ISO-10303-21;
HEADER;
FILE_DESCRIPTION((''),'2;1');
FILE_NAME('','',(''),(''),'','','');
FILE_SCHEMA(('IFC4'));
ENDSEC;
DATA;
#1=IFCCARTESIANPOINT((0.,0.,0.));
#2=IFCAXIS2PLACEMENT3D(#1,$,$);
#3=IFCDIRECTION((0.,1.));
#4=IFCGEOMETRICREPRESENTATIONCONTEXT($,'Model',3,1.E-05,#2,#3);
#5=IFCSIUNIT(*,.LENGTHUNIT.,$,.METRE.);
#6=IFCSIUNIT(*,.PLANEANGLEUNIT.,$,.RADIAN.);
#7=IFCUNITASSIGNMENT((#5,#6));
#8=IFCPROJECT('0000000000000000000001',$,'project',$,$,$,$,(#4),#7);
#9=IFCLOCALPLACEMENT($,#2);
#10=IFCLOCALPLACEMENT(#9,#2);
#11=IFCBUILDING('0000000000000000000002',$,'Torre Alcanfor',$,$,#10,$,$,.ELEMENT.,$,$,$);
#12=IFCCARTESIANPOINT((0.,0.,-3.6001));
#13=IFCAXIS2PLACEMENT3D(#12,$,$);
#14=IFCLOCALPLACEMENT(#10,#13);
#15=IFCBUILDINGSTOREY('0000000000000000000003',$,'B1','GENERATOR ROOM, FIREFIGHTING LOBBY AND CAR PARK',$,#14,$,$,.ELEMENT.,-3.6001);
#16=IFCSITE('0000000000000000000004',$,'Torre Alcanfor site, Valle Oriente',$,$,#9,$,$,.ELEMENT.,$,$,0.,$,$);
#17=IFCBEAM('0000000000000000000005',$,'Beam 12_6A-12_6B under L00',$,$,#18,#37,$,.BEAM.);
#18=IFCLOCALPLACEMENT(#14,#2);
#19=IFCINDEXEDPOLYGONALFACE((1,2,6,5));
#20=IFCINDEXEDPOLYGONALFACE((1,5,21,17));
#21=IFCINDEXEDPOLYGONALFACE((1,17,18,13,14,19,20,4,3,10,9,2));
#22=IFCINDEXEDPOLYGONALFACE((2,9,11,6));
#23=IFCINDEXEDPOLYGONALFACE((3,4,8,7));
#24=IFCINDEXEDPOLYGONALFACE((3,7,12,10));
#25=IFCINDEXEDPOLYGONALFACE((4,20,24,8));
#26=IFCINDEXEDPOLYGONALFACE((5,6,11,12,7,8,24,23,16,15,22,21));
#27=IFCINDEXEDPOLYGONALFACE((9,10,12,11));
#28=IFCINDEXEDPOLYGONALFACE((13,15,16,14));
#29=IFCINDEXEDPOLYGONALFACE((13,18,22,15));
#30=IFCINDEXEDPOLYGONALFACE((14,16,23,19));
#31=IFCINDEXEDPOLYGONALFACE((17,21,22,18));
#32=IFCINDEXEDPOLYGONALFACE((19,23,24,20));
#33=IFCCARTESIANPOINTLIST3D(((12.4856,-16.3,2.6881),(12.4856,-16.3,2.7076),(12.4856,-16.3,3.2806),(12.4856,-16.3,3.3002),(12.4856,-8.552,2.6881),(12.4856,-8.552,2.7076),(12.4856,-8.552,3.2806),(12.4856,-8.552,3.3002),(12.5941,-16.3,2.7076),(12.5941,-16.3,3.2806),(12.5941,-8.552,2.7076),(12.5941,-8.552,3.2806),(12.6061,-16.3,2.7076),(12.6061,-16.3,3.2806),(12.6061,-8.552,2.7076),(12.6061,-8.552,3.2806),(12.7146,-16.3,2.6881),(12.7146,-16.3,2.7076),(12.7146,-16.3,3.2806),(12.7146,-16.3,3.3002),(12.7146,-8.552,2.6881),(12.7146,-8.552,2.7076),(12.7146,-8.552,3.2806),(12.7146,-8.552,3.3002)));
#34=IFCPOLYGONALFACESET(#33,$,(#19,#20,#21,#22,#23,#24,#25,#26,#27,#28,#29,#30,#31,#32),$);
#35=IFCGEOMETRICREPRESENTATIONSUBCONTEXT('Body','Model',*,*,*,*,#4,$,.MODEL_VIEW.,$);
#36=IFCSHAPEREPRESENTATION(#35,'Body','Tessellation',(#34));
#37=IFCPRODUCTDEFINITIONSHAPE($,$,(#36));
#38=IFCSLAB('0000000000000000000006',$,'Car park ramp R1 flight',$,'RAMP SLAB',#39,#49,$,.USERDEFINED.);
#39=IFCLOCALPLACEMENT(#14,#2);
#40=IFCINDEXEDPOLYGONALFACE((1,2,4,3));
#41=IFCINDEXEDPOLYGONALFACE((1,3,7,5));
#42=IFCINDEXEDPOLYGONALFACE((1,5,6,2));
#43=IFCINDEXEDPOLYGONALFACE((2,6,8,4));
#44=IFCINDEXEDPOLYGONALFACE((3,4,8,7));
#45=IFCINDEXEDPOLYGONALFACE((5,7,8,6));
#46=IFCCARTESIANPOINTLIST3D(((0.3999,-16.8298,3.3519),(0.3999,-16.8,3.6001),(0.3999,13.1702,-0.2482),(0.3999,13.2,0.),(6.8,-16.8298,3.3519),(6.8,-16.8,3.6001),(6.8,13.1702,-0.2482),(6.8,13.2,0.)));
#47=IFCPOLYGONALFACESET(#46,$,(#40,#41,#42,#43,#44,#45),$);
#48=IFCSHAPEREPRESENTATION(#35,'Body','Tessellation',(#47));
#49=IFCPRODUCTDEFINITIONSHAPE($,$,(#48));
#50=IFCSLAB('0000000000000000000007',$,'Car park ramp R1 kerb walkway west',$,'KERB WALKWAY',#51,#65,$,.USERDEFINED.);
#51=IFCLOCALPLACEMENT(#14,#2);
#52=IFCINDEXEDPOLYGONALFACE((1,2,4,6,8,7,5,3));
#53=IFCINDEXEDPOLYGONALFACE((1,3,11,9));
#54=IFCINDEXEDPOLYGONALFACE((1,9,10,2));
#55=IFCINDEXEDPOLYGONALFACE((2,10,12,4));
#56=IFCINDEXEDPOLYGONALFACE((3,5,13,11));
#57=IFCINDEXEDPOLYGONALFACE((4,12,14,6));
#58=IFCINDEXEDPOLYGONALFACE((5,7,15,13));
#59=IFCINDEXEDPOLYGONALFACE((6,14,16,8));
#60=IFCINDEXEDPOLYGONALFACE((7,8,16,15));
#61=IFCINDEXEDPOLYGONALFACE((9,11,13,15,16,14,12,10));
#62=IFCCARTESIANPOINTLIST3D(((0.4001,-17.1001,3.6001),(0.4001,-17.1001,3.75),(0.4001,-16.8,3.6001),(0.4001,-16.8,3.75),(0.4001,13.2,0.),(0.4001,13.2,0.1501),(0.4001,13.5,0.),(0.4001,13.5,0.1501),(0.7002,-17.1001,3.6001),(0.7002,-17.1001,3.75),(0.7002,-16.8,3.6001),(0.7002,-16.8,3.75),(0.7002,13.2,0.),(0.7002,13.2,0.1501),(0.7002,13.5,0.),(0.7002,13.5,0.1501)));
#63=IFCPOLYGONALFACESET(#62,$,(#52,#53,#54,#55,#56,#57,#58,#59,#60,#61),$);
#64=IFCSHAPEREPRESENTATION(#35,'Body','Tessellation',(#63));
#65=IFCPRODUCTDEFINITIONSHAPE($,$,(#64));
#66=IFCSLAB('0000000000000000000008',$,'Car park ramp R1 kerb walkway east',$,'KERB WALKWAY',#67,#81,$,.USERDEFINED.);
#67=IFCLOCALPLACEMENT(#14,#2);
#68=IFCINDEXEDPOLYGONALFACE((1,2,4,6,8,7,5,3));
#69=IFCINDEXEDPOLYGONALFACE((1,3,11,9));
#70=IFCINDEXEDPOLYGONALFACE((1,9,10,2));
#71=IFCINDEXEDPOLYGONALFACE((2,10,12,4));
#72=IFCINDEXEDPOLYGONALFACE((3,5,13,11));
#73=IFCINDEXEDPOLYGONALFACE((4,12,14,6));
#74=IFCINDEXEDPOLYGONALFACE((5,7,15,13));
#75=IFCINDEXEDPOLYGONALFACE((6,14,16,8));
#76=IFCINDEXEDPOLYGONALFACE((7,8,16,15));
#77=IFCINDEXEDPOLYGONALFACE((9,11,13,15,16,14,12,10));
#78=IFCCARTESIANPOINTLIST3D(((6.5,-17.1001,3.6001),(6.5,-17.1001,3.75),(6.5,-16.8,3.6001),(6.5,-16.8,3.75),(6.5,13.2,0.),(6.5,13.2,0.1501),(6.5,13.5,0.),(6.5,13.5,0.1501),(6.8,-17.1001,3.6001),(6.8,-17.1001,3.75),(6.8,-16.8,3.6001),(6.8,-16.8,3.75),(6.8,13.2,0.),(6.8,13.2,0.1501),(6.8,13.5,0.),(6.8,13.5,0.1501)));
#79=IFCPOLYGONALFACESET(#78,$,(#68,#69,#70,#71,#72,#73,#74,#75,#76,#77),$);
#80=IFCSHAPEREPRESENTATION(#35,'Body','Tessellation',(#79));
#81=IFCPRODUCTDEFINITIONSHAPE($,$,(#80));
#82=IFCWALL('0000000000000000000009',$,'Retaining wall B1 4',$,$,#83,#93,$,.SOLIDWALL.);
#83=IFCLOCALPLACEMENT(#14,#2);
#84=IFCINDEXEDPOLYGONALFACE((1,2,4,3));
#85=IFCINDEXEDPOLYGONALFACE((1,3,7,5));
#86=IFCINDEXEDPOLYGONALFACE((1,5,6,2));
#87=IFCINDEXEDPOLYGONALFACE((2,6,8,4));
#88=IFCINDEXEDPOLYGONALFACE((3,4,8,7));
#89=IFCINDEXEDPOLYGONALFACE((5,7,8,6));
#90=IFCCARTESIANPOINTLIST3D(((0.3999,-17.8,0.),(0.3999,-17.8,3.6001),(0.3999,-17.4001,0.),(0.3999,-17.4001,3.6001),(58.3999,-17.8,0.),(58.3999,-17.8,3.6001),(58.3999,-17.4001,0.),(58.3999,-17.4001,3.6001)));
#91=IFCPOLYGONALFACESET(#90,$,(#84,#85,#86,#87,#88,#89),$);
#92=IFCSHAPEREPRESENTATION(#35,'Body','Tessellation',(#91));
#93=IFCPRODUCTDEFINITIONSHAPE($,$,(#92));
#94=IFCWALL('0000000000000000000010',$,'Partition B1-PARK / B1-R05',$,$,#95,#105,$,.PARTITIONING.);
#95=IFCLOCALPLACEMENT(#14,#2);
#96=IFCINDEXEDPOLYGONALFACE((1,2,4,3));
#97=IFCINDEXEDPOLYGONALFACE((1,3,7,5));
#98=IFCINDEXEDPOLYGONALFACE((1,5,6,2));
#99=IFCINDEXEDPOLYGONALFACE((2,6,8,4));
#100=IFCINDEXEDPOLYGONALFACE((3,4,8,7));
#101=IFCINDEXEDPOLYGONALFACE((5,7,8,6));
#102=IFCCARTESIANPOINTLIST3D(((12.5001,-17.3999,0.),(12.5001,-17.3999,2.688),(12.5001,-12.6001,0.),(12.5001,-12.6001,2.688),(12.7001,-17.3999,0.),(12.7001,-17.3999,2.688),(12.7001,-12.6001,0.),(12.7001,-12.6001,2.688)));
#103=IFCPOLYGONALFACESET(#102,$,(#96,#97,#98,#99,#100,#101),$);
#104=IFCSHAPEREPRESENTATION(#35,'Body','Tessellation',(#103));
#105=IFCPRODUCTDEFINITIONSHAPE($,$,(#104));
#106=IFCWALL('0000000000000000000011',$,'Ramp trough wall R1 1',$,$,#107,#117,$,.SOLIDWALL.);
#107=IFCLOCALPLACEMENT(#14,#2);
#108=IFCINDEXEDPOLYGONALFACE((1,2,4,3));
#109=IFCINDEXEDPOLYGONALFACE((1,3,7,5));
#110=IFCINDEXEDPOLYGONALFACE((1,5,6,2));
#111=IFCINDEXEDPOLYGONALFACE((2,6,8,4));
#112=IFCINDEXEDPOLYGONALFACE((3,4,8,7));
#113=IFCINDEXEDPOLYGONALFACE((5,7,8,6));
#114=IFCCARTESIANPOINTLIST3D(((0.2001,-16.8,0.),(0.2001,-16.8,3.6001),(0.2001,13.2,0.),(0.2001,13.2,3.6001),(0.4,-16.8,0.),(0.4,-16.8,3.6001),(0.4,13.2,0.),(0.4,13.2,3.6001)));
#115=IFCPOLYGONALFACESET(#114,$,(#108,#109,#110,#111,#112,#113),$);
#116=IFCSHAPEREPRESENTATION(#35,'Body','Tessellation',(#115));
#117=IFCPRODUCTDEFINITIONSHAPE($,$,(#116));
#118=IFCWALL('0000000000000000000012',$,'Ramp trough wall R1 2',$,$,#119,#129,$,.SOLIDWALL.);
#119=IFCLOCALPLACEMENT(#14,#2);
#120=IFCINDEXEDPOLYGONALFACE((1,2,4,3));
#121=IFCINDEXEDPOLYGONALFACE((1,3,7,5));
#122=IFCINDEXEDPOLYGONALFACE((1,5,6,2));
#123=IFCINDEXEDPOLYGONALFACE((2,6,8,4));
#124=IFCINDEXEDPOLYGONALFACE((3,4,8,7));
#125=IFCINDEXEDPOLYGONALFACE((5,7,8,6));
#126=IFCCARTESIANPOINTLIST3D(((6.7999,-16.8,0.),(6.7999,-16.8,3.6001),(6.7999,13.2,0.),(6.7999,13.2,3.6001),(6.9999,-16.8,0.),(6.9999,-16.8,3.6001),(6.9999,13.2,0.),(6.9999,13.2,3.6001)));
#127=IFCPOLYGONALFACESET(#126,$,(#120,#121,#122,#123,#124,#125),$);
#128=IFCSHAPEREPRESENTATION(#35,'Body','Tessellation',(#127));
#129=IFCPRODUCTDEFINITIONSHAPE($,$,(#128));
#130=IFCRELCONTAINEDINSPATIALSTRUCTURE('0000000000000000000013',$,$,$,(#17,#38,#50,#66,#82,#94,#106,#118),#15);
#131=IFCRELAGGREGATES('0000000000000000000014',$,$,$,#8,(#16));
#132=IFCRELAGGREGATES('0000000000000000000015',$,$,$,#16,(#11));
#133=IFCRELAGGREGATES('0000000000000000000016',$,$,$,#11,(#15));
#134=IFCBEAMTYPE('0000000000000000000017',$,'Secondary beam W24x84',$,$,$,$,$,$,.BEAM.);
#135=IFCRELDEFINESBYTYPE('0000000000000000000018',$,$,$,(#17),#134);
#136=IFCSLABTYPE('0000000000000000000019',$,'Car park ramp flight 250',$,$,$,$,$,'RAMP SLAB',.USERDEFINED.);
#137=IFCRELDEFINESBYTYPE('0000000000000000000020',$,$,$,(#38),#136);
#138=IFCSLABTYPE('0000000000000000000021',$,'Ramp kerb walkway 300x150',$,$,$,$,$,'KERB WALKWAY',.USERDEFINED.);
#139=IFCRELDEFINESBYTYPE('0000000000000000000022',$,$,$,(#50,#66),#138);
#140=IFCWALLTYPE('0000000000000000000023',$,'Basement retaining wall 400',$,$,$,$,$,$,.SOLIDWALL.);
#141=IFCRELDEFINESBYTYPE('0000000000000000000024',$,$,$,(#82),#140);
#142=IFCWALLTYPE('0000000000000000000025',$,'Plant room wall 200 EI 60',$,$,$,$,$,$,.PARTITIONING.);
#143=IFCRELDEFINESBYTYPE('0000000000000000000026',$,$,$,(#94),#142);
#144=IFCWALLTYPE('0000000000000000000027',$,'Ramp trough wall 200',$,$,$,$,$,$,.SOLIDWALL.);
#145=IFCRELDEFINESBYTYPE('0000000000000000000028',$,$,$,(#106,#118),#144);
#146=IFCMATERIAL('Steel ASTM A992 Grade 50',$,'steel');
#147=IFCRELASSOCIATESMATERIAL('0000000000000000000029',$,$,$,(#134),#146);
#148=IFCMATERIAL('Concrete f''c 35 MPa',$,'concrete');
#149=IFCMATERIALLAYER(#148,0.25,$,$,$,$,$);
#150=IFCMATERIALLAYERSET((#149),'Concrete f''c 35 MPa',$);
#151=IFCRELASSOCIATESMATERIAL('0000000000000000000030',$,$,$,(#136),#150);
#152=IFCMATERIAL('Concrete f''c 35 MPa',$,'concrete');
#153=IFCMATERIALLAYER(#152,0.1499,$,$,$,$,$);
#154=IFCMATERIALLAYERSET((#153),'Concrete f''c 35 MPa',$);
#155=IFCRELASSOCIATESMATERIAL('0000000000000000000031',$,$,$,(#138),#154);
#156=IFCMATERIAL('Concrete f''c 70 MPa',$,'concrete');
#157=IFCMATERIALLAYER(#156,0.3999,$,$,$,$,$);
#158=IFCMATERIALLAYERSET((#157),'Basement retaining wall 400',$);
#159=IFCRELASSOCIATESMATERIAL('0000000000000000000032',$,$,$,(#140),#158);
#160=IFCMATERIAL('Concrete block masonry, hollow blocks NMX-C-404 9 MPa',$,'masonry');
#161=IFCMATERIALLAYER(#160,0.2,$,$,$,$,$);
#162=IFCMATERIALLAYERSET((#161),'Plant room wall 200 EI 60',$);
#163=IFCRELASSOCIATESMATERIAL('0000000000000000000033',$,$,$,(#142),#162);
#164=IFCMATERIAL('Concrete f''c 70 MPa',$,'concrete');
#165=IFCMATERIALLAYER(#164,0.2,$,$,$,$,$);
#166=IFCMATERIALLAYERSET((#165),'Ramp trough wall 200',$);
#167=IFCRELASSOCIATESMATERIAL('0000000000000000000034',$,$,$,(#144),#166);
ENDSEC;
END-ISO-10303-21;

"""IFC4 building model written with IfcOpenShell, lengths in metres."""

from ifc_helpers import new_model, si_unit, direction, frame, frame_2d, origin, origin_2d, place, context, subcontext, project, spatial, polyline, rectangle, i_section, outline, extrude, material, layer, layer_set, material_profile, profile_set, type_object, element, save


model = new_model("IFC4")

# Units and contexts
model_context = context("Model", 3, precision=1e-05, world=origin(), true_north=direction((0.0, 1.0)))
body_context = subcontext(model_context, "Body", "Model", "MODEL_VIEW")
ifc_project = project(units=[si_unit("LENGTHUNIT", "METRE"), si_unit("PLANEANGLEUNIT", "RADIAN")], contexts=[model_context])

# Site, building, storey
site_placement = place(None, origin())
site = spatial("IfcSite", under=ifc_project, at=site_placement, Name="Torre Alcanfor site, Valle Oriente", CompositionType="ELEMENT", RefElevation=0.0)
building_placement = place(site_placement, origin())
building = spatial("IfcBuilding", under=site, at=building_placement, Name="Torre Alcanfor", CompositionType="ELEMENT")
storey_placement = place(building_placement, frame((0.0, 0.0, -3.6001)))
storey = spatial("IfcBuildingStorey", under=building, at=storey_placement, Name="B1", Description="GENERATOR ROOM, FIREFIGHTING LOBBY AND CAR PARK", CompositionType="ELEMENT", Elevation=-3.6001)

# Beam
ifc_material_1 = material(Name="Steel ASTM A992 Grade 50", Category="steel")
ifc_material_profile_1 = material_profile(ifc_material_1, i_section(OverallWidth=0.229, OverallDepth=0.6121, WebThickness=0.012, FlangeThickness=0.0195, at=origin_2d()), Name="W24x84")
ifc_profile_set_1 = profile_set([ifc_material_profile_1], Name="Steel ASTM A992 Grade 50")
beam_type_1 = type_object("IfcBeamType", Name="Secondary beam W24x84", PredefinedType="BEAM", material=ifc_profile_set_1)
beam_1_placement = place(storey_placement, frame((12.6001, -16.3, 2.9941), z_axis=(0.0, 1.0, 0.0), x_axis=(-1.0, 0.0, 0.0)))
element("IfcBeam", 1, at=beam_1_placement, inside=storey, type_object=beam_type_1, Name="Beam 12_6A-12_6B under L00", PredefinedType="BEAM", context=body_context, shape_type="SweptSolid", body=[
    extrude(i_section(OverallWidth=0.229, OverallDepth=0.6121, WebThickness=0.012, FlangeThickness=0.0195, at=origin_2d()), origin(), (0.0, 0.0, 1.0), 7.748),
])

# Slabs
ifc_material_2 = material(Name="Concrete f'c 35 MPa", Category="concrete")
ifc_layer_1 = layer(ifc_material_2, 0.25)
ifc_layer_set_1 = layer_set([ifc_layer_1], Name="Concrete f'c 35 MPa")
slab_type_1 = type_object("IfcSlabType", Name="Car park ramp flight 250", ElementType="RAMP SLAB", PredefinedType="USERDEFINED", material=ifc_layer_set_1)
slab_placement = place(storey_placement, frame((0.3999, -16.8, 3.6001), z_axis=(0.0, 0.119148, 0.992876), x_axis=(1.0, 0.0, 0.0)))
element("IfcSlab", 2, at=slab_placement, inside=storey, type_object=slab_type_1, Name="Car park ramp R1 flight", ObjectType="RAMP SLAB", PredefinedType="USERDEFINED", context=body_context, shape_type="SweptSolid", body=[
    extrude(outline(polyline([(0.0, 0.0), (6.4001, 0.0), (6.4001, 30.2152), (0.0, 30.2152), (0.0, 0.0)])), origin(), (0.0, 0.0, -1.0), 0.25),
])
ifc_material_3 = material(Name="Concrete f'c 35 MPa", Category="concrete")
ifc_layer_2 = layer(ifc_material_3, 0.1499)
ifc_layer_set_2 = layer_set([ifc_layer_2], Name="Concrete f'c 35 MPa")
slab_type_2 = type_object("IfcSlabType", Name="Ramp kerb walkway 300x150", ElementType="KERB WALKWAY", PredefinedType="USERDEFINED", material=ifc_layer_set_2)
for number, where, z_axis, x_axis, name in (
    (3, (0.55, -17.1001, 0.0), (0.0, 0.0, 1.0), (0.0, 1.0, 0.0), "Car park ramp R1 kerb walkway west"),
    (4, (6.6499, -17.1001, 0.0), (0.0, 0.0, 1.0), (0.0, 1.0, 0.0), "Car park ramp R1 kerb walkway east"),
):
    element("IfcSlab", number, at=place(storey_placement, frame(where, z_axis=z_axis, x_axis=x_axis)), inside=storey, type_object=slab_type_2, Name=name, ObjectType="KERB WALKWAY", PredefinedType="USERDEFINED", context=body_context, shape_type="SweptSolid", body=[
        extrude(outline(polyline([(0.0, 3.6001), (0.3, 3.6001), (30.3, 0.0), (30.6001, 0.0), (30.6001, 0.1501), (30.3, 0.1501), (0.3, 3.75), (0.0, 3.75), (0.0, 3.6001)])), frame((0.0, 0.1499, 0.0), z_axis=(0.0, -1.0, 0.0), x_axis=(1.0, 0.0, 0.0)), (0.0, 0.0, 1.0), 0.3),
    ])

# Walls
ifc_material_4 = material(Name="Concrete f'c 70 MPa", Category="concrete")
ifc_layer_3 = layer(ifc_material_4, 0.3999)
ifc_layer_set_3 = layer_set([ifc_layer_3], Name="Basement retaining wall 400")
wall_type_1 = type_object("IfcWallType", Name="Basement retaining wall 400", PredefinedType="SOLIDWALL", material=ifc_layer_set_3)
wall_1_placement = place(storey_placement, frame((0.3999, -17.6001, 0.0), z_axis=(0.0, 0.0, 1.0), x_axis=(1.0, 0.0, 0.0)))
element("IfcWall", 5, at=wall_1_placement, inside=storey, type_object=wall_type_1, Name="Retaining wall B1 4", PredefinedType="SOLIDWALL", context=body_context, shape_type="SweptSolid", body=[
    extrude(rectangle(XDim=58.0, YDim=0.3999, at=frame_2d((29.0, 0.0))), origin(), (0.0, 0.0, 1.0), 3.6001),
])
ifc_material_5 = material(Name="Concrete block masonry, hollow blocks NMX-C-404 9 MPa", Category="masonry")
ifc_layer_4 = layer(ifc_material_5, 0.2)
ifc_layer_set_4 = layer_set([ifc_layer_4], Name="Plant room wall 200 EI 60")
wall_type_2 = type_object("IfcWallType", Name="Plant room wall 200 EI 60", PredefinedType="PARTITIONING", material=ifc_layer_set_4)
wall_2_placement = place(storey_placement, frame((12.6001, -12.6001, 0.0), z_axis=(0.0, 0.0, 1.0), x_axis=(0.0, -1.0, 0.0)))
element("IfcWall", 6, at=wall_2_placement, inside=storey, type_object=wall_type_2, Name="Partition B1-PARK / B1-R05", PredefinedType="PARTITIONING", context=body_context, shape_type="SweptSolid", body=[
    extrude(rectangle(XDim=4.7998, YDim=0.2, at=frame_2d((2.3999, 0.0))), origin(), (0.0, 0.0, 1.0), 2.688),
])
ifc_material_6 = material(Name="Concrete f'c 70 MPa", Category="concrete")
ifc_layer_5 = layer(ifc_material_6, 0.2)
ifc_layer_set_5 = layer_set([ifc_layer_5], Name="Ramp trough wall 200")
wall_type_3 = type_object("IfcWallType", Name="Ramp trough wall 200", PredefinedType="SOLIDWALL", material=ifc_layer_set_5)
for number, where, z_axis, x_axis, name in (
    (7, (0.3, -16.8, 0.0), (0.0, 0.0, 1.0), (0.0, 1.0, 0.0), "Ramp trough wall R1 1"),
    (8, (6.8999, -16.8, 0.0), (0.0, 0.0, 1.0), (0.0, 1.0, 0.0), "Ramp trough wall R1 2"),
):
    element("IfcWall", number, at=place(storey_placement, frame(where, z_axis=z_axis, x_axis=x_axis)), inside=storey, type_object=wall_type_3, Name=name, PredefinedType="SOLIDWALL", context=body_context, shape_type="SweptSolid", body=[
        extrude(rectangle(XDim=30.0, YDim=0.2, at=frame_2d((15.0, 0.0))), origin(), (0.0, 0.0, 1.0), 3.6001),
    ])

save(model, "model.ifc")
